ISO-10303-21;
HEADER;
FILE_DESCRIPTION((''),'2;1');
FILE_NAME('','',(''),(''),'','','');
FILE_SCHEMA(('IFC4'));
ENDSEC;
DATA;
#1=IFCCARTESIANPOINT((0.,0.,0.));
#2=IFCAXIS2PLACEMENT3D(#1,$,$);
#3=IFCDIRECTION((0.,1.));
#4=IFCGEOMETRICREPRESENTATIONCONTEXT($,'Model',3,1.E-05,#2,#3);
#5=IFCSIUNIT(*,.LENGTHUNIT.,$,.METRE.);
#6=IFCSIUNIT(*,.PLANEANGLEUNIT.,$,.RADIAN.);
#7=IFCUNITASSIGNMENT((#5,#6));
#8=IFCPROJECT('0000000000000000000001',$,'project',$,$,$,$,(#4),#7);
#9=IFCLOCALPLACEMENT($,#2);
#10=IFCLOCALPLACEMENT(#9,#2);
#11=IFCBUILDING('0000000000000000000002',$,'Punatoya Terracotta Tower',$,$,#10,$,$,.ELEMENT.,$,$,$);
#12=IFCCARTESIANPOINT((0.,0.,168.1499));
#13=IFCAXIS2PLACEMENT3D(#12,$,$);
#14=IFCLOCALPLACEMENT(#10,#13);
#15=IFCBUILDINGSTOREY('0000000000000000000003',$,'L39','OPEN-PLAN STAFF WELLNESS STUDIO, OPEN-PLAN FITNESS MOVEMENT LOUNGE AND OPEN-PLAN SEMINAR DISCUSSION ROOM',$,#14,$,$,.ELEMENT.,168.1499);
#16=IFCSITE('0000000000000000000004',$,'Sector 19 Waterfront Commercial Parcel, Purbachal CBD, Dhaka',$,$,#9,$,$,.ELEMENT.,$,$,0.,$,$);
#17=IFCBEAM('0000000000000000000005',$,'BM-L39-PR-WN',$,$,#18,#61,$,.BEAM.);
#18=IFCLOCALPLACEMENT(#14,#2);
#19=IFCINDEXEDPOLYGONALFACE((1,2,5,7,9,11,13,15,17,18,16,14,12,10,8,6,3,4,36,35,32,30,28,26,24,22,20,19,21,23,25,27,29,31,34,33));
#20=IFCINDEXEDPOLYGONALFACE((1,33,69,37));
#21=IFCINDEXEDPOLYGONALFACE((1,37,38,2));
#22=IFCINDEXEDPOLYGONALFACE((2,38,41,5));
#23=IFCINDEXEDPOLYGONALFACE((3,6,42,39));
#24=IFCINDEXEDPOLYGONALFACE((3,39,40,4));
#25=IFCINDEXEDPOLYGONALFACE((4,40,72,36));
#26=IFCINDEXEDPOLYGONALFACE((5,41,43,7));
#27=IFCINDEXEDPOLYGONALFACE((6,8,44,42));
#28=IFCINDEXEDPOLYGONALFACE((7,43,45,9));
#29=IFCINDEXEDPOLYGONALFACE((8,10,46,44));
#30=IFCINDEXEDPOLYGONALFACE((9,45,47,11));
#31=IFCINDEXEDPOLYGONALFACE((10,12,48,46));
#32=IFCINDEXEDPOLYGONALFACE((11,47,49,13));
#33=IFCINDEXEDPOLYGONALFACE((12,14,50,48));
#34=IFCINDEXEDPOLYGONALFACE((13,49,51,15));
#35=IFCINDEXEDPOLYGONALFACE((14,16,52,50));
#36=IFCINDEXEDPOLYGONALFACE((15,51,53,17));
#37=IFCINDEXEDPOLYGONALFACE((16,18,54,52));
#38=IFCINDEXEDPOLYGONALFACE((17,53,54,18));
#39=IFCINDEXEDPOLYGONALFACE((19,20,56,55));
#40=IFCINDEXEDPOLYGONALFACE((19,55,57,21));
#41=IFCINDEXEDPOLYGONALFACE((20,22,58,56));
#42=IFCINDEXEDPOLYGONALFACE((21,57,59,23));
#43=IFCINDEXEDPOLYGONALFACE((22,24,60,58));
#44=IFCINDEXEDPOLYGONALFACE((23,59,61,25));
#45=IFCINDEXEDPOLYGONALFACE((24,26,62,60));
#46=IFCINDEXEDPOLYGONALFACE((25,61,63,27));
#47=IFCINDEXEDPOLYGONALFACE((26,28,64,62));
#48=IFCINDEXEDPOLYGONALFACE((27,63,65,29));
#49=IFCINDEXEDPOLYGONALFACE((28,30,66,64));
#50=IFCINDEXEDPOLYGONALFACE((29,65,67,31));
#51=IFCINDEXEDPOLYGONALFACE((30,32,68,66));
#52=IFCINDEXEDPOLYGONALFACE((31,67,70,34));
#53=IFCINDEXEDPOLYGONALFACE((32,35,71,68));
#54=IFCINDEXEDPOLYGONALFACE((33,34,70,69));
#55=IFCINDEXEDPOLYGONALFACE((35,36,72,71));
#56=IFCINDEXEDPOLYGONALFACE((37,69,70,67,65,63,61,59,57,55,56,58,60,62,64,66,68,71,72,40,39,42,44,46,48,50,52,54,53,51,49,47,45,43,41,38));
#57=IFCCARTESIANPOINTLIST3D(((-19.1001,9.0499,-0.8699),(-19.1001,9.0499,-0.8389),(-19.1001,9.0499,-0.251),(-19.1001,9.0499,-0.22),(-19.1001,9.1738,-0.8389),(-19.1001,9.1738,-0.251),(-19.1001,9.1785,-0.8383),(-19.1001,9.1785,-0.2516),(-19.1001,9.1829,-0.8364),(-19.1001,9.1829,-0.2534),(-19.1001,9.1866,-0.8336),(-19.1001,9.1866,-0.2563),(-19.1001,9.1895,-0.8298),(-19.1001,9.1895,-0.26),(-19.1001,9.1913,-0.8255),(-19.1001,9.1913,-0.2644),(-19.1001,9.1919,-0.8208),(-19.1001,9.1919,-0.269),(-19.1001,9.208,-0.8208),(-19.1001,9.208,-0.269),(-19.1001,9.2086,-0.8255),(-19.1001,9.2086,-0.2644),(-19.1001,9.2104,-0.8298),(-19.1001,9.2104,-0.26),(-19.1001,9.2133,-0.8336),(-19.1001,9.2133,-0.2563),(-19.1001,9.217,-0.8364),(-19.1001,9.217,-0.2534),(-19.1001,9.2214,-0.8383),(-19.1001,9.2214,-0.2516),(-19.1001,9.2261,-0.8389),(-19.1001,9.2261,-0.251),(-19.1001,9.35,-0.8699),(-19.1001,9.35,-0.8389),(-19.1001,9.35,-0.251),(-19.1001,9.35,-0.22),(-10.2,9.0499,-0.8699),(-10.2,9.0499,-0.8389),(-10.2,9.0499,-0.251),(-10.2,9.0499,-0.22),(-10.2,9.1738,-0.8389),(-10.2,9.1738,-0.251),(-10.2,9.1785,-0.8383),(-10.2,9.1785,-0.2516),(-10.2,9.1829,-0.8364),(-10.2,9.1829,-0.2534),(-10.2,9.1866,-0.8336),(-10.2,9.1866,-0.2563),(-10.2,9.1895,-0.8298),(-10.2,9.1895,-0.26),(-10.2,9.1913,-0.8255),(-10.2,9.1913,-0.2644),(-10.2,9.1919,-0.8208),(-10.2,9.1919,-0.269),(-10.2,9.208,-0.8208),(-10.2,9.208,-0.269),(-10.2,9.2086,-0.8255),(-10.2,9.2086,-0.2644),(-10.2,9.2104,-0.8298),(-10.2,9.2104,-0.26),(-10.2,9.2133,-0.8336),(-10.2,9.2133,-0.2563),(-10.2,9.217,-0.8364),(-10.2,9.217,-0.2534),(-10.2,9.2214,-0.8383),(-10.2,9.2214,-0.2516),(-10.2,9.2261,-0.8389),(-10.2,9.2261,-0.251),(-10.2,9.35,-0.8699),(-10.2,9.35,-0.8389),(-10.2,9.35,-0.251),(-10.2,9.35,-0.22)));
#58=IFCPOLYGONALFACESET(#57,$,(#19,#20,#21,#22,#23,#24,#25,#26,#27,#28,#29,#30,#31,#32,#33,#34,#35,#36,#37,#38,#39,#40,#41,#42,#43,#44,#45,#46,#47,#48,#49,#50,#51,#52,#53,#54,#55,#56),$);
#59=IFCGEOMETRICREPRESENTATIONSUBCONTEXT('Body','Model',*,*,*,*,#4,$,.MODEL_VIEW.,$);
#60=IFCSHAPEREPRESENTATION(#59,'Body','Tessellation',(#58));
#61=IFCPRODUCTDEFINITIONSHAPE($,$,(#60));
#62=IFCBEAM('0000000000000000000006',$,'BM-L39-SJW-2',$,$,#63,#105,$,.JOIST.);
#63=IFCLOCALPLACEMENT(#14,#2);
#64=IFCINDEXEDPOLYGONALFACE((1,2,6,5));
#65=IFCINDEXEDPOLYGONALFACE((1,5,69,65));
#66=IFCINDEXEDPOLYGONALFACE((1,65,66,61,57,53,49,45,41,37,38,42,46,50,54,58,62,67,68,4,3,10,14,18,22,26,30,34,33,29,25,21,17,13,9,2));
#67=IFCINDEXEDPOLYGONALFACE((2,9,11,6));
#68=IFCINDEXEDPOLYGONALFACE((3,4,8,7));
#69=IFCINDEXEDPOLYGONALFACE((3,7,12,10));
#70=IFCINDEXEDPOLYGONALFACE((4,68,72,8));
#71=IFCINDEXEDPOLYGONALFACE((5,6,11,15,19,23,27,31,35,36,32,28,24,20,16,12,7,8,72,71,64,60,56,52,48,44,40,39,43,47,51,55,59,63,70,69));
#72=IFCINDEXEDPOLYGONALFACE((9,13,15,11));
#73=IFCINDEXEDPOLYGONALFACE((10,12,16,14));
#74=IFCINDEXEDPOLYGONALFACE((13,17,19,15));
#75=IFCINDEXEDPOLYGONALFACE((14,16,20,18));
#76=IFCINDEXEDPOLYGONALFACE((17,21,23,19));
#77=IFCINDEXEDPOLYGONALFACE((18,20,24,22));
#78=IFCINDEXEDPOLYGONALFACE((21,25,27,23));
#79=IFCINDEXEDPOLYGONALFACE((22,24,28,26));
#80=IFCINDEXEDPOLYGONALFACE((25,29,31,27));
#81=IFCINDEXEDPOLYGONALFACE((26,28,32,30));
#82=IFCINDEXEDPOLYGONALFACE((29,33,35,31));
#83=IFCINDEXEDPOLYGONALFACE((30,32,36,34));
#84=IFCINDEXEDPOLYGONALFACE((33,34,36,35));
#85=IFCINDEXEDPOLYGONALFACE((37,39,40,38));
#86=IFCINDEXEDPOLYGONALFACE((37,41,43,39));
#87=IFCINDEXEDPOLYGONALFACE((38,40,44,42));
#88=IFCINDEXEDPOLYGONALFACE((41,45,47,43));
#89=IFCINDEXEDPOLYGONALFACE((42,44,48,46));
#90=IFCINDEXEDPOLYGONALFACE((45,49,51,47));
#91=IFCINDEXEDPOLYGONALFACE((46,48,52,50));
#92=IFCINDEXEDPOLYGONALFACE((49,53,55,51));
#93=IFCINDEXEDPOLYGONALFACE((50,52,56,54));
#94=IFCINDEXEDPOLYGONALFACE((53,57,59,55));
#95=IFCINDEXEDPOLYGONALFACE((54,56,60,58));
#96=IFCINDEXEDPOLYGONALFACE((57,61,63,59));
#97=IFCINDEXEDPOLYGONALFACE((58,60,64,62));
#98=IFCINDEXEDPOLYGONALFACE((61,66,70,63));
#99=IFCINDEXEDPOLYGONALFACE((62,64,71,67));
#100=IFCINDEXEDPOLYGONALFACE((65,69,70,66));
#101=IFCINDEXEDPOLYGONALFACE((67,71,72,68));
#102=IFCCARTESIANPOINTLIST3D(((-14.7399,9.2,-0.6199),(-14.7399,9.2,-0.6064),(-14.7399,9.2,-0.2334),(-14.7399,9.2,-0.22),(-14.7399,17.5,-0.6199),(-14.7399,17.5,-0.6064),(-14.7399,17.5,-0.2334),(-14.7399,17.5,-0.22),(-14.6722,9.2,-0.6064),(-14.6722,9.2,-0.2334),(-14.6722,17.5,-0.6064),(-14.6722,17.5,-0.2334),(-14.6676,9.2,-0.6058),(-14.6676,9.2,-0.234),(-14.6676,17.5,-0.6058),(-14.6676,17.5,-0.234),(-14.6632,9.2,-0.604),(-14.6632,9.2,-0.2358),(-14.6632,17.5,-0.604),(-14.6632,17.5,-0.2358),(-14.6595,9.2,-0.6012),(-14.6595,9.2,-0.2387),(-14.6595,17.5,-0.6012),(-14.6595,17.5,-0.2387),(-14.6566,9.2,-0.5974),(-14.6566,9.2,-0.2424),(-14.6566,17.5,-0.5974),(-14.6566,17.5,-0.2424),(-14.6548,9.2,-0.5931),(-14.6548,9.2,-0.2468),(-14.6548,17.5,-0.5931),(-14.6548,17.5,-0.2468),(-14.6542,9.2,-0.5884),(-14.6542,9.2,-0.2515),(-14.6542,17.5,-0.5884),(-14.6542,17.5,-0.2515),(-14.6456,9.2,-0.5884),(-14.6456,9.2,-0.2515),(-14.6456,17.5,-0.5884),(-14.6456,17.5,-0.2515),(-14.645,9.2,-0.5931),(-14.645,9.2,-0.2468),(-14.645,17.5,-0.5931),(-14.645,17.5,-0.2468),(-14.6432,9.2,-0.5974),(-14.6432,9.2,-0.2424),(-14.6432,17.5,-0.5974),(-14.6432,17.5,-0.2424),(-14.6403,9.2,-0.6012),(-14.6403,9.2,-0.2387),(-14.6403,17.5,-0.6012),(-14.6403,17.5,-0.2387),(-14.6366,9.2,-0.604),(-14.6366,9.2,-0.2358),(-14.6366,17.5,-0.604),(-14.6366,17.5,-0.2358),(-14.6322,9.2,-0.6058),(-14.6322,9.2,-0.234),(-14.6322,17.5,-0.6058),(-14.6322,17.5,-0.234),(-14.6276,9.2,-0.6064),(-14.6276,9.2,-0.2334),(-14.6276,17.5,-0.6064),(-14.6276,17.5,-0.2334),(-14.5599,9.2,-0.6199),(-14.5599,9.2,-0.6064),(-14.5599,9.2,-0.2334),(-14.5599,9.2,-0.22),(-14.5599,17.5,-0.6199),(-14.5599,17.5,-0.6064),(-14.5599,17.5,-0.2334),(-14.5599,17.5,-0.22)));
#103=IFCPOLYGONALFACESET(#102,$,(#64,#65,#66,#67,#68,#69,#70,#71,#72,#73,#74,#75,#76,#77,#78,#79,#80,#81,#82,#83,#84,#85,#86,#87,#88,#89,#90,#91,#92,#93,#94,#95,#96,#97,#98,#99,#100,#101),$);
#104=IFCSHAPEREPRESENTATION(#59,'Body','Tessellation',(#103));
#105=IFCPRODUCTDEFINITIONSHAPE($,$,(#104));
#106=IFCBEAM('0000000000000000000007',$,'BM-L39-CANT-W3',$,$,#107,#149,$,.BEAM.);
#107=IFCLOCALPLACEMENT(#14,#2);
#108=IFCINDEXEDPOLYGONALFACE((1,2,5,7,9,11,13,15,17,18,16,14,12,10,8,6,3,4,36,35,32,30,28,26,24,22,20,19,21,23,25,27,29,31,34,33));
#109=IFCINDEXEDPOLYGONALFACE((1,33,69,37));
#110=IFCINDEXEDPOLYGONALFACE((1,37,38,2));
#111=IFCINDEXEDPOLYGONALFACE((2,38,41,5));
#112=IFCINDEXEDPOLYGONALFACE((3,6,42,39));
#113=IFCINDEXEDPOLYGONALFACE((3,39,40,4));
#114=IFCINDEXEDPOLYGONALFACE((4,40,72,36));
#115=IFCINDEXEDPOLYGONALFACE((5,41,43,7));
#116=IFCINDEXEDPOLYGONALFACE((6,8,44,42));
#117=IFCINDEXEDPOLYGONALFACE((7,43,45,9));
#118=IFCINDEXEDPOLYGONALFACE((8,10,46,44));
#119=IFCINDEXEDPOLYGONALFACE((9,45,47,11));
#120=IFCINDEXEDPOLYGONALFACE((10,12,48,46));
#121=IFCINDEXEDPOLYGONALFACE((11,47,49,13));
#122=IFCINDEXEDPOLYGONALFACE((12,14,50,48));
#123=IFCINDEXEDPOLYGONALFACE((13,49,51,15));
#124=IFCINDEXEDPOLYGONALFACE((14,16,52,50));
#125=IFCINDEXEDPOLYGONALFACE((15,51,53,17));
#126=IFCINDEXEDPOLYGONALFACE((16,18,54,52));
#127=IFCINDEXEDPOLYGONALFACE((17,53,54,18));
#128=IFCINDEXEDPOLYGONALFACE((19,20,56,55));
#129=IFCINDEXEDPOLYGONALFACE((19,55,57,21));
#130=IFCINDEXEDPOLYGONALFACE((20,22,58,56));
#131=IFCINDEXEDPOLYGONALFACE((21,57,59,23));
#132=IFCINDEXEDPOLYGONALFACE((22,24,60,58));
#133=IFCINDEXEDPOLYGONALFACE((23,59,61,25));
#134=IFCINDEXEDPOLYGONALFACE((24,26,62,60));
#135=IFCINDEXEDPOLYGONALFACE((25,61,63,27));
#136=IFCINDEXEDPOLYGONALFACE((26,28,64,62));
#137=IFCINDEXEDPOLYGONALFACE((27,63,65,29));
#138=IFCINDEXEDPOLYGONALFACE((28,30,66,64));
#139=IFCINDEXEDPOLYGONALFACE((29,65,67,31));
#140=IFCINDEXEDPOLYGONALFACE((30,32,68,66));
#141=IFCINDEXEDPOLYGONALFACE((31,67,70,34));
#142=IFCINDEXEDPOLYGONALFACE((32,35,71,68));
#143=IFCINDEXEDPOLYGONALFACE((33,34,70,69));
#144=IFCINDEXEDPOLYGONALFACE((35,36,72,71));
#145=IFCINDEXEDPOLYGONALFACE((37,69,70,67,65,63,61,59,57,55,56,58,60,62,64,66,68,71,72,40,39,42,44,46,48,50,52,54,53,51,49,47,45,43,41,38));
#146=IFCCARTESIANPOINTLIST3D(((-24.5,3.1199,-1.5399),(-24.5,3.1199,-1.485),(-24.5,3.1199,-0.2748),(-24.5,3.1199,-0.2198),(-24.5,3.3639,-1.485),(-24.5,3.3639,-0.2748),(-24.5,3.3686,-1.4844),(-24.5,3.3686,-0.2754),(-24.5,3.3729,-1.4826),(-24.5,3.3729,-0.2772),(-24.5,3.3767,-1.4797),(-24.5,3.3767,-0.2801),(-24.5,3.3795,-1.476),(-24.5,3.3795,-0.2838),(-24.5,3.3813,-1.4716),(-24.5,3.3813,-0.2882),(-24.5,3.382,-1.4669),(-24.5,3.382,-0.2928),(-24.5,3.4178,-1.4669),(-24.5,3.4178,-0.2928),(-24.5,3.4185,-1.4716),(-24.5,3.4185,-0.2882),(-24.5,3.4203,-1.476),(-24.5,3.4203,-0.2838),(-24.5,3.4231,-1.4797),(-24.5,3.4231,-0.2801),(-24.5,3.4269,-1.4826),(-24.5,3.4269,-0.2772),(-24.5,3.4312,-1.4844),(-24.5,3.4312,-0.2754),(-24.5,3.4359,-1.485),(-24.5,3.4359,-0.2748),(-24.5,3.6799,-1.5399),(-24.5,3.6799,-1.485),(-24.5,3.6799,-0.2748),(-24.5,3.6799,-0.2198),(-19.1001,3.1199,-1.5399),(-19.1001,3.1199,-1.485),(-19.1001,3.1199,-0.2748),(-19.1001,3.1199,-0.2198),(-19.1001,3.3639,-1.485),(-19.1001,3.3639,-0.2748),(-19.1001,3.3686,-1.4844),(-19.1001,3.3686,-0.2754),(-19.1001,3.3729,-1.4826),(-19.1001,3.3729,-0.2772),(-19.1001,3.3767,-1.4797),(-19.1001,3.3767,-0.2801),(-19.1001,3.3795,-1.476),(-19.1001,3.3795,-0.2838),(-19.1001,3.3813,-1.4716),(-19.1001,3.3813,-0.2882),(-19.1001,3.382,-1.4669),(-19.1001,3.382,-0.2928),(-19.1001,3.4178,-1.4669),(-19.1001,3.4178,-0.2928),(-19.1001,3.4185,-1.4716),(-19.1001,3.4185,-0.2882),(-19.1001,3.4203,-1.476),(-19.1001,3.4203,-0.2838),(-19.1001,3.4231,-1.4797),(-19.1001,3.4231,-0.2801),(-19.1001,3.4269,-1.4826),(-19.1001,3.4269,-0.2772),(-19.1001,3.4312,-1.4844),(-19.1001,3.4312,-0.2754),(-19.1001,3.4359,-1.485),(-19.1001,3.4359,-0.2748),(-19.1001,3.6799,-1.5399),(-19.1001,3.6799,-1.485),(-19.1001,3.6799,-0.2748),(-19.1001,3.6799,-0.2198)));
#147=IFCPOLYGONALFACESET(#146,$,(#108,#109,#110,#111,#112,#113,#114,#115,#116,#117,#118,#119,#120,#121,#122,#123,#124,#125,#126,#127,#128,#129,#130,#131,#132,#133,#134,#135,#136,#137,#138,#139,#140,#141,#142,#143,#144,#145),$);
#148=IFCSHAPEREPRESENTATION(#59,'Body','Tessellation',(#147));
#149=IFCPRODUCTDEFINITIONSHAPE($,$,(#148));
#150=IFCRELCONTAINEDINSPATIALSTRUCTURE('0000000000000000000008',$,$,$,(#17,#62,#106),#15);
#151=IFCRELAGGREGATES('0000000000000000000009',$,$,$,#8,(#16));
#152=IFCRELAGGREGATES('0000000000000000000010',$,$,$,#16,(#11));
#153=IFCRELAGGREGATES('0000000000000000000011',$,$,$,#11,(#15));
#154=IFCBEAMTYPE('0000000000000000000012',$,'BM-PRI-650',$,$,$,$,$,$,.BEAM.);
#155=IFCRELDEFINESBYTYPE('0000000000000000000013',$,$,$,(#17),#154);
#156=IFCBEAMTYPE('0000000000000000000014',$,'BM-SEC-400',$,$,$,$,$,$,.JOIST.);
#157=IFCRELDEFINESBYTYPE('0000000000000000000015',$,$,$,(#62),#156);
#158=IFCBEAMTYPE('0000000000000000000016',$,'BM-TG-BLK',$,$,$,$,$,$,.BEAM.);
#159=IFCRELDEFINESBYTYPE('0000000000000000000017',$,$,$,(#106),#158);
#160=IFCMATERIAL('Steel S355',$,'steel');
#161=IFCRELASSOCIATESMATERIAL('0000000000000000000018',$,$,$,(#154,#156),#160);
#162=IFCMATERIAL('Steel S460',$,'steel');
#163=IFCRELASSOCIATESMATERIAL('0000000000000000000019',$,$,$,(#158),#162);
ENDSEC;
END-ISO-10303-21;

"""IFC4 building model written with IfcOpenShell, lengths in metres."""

from ifc_helpers import new_model, si_unit, direction, frame, origin, origin_2d, place, context, subcontext, project, spatial, i_section, extrude, material, material_profile, profile_set, type_object, element, save


model = new_model("IFC4")

# Units and contexts
model_context = context("Model", 3, precision=1e-05, world=origin(), true_north=direction((0.0, 1.0)))
body_context = subcontext(model_context, "Body", "Model", "MODEL_VIEW")
ifc_project = project(units=[si_unit("LENGTHUNIT", "METRE"), si_unit("PLANEANGLEUNIT", "RADIAN")], contexts=[model_context])

# Site, building, storey
site_placement = place(None, origin())
site = spatial("IfcSite", under=ifc_project, at=site_placement, Name="Sector 19 Waterfront Commercial Parcel, Purbachal CBD, Dhaka", CompositionType="ELEMENT", RefElevation=0.0)
building_placement = place(site_placement, origin())
building = spatial("IfcBuilding", under=site, at=building_placement, Name="Punatoya Terracotta Tower", CompositionType="ELEMENT")
storey_placement = place(building_placement, frame((0.0, 0.0, 168.1499)))
storey = spatial("IfcBuildingStorey", under=building, at=storey_placement, Name="L39", Description="OPEN-PLAN STAFF WELLNESS STUDIO, OPEN-PLAN FITNESS MOVEMENT LOUNGE AND OPEN-PLAN SEMINAR DISCUSSION ROOM", CompositionType="ELEMENT", Elevation=168.1499)

# Shared definitions
ifc_material_1 = material(Name="Steel S460", Category="steel")

# Beams
ifc_material_2 = material(Name="Steel S355", Category="steel")
ifc_material_profile_1 = material_profile(ifc_material_2, i_section(OverallWidth=0.3, OverallDepth=0.6499, WebThickness=0.0161, FlangeThickness=0.031, FilletRadius=0.0181, at=origin_2d()))
ifc_profile_set_1 = profile_set([ifc_material_profile_1], Name="Steel S355")
beam_type_1 = type_object("IfcBeamType", Name="BM-PRI-650", PredefinedType="BEAM", material=ifc_profile_set_1)
for number, where, z_axis, x_axis, name in (
    (1, (-19.1001, 9.2, -0.5449), (1.0, 0.0, 0.0), (0.0, 1.0, 0.0), "BM-L39-PR-WN"),
):
    element("IfcBeam", number, at=place(storey_placement, frame(where, z_axis=z_axis, x_axis=x_axis)), inside=storey, type_object=beam_type_1, Name=name, PredefinedType="BEAM", context=body_context, shape_type="SweptSolid", body=[
        extrude(i_section(OverallWidth=0.3, OverallDepth=0.6499, WebThickness=0.0161, FlangeThickness=0.031, FilletRadius=0.0181, at=origin_2d()), origin(), (0.0, 0.0, 1.0), 8.9001),
    ])
ifc_material_profile_2 = material_profile(ifc_material_2, i_section(OverallWidth=0.1799, OverallDepth=0.3999, WebThickness=0.0085, FlangeThickness=0.0134, FilletRadius=0.0181, at=origin_2d()))
ifc_profile_set_2 = profile_set([ifc_material_profile_2], Name="Steel S355")
beam_type_2 = type_object("IfcBeamType", Name="BM-SEC-400", PredefinedType="JOIST", material=ifc_profile_set_2)
beam_1_placement = place(storey_placement, frame((-14.6499, 9.2, -0.4199), z_axis=(0.0, 1.0, 0.0), x_axis=(-1.0, 0.0, 0.0)))
element("IfcBeam", 2, at=beam_1_placement, inside=storey, type_object=beam_type_2, Name="BM-L39-SJW-2", PredefinedType="JOIST", context=body_context, shape_type="SweptSolid", body=[
    extrude(i_section(OverallWidth=0.1799, OverallDepth=0.3999, WebThickness=0.0085, FlangeThickness=0.0134, FilletRadius=0.0181, at=origin_2d()), origin(), (0.0, 0.0, 1.0), 8.3),
])
ifc_material_profile_3 = material_profile(ifc_material_1, i_section(OverallWidth=0.5601, OverallDepth=1.3201, WebThickness=0.0359, FlangeThickness=0.0549, FilletRadius=0.0181, at=origin_2d()))
ifc_profile_set_3 = profile_set([ifc_material_profile_3], Name="Steel S460")
beam_type_3 = type_object("IfcBeamType", Name="BM-TG-BLK", PredefinedType="BEAM", material=ifc_profile_set_3)
beam_2_placement = place(storey_placement, frame((-24.5, 3.3999, -0.8799), z_axis=(1.0, 0.0, 0.0), x_axis=(0.0, 1.0, 0.0)))
element("IfcBeam", 3, at=beam_2_placement, inside=storey, type_object=beam_type_3, Name="BM-L39-CANT-W3", PredefinedType="BEAM", context=body_context, shape_type="SweptSolid", body=[
    extrude(i_section(OverallWidth=0.5601, OverallDepth=1.3201, WebThickness=0.0359, FlangeThickness=0.0549, FilletRadius=0.0181, at=origin_2d()), origin(), (0.0, 0.0, 1.0), 5.3999),
])

save(model, "model.ifc")
